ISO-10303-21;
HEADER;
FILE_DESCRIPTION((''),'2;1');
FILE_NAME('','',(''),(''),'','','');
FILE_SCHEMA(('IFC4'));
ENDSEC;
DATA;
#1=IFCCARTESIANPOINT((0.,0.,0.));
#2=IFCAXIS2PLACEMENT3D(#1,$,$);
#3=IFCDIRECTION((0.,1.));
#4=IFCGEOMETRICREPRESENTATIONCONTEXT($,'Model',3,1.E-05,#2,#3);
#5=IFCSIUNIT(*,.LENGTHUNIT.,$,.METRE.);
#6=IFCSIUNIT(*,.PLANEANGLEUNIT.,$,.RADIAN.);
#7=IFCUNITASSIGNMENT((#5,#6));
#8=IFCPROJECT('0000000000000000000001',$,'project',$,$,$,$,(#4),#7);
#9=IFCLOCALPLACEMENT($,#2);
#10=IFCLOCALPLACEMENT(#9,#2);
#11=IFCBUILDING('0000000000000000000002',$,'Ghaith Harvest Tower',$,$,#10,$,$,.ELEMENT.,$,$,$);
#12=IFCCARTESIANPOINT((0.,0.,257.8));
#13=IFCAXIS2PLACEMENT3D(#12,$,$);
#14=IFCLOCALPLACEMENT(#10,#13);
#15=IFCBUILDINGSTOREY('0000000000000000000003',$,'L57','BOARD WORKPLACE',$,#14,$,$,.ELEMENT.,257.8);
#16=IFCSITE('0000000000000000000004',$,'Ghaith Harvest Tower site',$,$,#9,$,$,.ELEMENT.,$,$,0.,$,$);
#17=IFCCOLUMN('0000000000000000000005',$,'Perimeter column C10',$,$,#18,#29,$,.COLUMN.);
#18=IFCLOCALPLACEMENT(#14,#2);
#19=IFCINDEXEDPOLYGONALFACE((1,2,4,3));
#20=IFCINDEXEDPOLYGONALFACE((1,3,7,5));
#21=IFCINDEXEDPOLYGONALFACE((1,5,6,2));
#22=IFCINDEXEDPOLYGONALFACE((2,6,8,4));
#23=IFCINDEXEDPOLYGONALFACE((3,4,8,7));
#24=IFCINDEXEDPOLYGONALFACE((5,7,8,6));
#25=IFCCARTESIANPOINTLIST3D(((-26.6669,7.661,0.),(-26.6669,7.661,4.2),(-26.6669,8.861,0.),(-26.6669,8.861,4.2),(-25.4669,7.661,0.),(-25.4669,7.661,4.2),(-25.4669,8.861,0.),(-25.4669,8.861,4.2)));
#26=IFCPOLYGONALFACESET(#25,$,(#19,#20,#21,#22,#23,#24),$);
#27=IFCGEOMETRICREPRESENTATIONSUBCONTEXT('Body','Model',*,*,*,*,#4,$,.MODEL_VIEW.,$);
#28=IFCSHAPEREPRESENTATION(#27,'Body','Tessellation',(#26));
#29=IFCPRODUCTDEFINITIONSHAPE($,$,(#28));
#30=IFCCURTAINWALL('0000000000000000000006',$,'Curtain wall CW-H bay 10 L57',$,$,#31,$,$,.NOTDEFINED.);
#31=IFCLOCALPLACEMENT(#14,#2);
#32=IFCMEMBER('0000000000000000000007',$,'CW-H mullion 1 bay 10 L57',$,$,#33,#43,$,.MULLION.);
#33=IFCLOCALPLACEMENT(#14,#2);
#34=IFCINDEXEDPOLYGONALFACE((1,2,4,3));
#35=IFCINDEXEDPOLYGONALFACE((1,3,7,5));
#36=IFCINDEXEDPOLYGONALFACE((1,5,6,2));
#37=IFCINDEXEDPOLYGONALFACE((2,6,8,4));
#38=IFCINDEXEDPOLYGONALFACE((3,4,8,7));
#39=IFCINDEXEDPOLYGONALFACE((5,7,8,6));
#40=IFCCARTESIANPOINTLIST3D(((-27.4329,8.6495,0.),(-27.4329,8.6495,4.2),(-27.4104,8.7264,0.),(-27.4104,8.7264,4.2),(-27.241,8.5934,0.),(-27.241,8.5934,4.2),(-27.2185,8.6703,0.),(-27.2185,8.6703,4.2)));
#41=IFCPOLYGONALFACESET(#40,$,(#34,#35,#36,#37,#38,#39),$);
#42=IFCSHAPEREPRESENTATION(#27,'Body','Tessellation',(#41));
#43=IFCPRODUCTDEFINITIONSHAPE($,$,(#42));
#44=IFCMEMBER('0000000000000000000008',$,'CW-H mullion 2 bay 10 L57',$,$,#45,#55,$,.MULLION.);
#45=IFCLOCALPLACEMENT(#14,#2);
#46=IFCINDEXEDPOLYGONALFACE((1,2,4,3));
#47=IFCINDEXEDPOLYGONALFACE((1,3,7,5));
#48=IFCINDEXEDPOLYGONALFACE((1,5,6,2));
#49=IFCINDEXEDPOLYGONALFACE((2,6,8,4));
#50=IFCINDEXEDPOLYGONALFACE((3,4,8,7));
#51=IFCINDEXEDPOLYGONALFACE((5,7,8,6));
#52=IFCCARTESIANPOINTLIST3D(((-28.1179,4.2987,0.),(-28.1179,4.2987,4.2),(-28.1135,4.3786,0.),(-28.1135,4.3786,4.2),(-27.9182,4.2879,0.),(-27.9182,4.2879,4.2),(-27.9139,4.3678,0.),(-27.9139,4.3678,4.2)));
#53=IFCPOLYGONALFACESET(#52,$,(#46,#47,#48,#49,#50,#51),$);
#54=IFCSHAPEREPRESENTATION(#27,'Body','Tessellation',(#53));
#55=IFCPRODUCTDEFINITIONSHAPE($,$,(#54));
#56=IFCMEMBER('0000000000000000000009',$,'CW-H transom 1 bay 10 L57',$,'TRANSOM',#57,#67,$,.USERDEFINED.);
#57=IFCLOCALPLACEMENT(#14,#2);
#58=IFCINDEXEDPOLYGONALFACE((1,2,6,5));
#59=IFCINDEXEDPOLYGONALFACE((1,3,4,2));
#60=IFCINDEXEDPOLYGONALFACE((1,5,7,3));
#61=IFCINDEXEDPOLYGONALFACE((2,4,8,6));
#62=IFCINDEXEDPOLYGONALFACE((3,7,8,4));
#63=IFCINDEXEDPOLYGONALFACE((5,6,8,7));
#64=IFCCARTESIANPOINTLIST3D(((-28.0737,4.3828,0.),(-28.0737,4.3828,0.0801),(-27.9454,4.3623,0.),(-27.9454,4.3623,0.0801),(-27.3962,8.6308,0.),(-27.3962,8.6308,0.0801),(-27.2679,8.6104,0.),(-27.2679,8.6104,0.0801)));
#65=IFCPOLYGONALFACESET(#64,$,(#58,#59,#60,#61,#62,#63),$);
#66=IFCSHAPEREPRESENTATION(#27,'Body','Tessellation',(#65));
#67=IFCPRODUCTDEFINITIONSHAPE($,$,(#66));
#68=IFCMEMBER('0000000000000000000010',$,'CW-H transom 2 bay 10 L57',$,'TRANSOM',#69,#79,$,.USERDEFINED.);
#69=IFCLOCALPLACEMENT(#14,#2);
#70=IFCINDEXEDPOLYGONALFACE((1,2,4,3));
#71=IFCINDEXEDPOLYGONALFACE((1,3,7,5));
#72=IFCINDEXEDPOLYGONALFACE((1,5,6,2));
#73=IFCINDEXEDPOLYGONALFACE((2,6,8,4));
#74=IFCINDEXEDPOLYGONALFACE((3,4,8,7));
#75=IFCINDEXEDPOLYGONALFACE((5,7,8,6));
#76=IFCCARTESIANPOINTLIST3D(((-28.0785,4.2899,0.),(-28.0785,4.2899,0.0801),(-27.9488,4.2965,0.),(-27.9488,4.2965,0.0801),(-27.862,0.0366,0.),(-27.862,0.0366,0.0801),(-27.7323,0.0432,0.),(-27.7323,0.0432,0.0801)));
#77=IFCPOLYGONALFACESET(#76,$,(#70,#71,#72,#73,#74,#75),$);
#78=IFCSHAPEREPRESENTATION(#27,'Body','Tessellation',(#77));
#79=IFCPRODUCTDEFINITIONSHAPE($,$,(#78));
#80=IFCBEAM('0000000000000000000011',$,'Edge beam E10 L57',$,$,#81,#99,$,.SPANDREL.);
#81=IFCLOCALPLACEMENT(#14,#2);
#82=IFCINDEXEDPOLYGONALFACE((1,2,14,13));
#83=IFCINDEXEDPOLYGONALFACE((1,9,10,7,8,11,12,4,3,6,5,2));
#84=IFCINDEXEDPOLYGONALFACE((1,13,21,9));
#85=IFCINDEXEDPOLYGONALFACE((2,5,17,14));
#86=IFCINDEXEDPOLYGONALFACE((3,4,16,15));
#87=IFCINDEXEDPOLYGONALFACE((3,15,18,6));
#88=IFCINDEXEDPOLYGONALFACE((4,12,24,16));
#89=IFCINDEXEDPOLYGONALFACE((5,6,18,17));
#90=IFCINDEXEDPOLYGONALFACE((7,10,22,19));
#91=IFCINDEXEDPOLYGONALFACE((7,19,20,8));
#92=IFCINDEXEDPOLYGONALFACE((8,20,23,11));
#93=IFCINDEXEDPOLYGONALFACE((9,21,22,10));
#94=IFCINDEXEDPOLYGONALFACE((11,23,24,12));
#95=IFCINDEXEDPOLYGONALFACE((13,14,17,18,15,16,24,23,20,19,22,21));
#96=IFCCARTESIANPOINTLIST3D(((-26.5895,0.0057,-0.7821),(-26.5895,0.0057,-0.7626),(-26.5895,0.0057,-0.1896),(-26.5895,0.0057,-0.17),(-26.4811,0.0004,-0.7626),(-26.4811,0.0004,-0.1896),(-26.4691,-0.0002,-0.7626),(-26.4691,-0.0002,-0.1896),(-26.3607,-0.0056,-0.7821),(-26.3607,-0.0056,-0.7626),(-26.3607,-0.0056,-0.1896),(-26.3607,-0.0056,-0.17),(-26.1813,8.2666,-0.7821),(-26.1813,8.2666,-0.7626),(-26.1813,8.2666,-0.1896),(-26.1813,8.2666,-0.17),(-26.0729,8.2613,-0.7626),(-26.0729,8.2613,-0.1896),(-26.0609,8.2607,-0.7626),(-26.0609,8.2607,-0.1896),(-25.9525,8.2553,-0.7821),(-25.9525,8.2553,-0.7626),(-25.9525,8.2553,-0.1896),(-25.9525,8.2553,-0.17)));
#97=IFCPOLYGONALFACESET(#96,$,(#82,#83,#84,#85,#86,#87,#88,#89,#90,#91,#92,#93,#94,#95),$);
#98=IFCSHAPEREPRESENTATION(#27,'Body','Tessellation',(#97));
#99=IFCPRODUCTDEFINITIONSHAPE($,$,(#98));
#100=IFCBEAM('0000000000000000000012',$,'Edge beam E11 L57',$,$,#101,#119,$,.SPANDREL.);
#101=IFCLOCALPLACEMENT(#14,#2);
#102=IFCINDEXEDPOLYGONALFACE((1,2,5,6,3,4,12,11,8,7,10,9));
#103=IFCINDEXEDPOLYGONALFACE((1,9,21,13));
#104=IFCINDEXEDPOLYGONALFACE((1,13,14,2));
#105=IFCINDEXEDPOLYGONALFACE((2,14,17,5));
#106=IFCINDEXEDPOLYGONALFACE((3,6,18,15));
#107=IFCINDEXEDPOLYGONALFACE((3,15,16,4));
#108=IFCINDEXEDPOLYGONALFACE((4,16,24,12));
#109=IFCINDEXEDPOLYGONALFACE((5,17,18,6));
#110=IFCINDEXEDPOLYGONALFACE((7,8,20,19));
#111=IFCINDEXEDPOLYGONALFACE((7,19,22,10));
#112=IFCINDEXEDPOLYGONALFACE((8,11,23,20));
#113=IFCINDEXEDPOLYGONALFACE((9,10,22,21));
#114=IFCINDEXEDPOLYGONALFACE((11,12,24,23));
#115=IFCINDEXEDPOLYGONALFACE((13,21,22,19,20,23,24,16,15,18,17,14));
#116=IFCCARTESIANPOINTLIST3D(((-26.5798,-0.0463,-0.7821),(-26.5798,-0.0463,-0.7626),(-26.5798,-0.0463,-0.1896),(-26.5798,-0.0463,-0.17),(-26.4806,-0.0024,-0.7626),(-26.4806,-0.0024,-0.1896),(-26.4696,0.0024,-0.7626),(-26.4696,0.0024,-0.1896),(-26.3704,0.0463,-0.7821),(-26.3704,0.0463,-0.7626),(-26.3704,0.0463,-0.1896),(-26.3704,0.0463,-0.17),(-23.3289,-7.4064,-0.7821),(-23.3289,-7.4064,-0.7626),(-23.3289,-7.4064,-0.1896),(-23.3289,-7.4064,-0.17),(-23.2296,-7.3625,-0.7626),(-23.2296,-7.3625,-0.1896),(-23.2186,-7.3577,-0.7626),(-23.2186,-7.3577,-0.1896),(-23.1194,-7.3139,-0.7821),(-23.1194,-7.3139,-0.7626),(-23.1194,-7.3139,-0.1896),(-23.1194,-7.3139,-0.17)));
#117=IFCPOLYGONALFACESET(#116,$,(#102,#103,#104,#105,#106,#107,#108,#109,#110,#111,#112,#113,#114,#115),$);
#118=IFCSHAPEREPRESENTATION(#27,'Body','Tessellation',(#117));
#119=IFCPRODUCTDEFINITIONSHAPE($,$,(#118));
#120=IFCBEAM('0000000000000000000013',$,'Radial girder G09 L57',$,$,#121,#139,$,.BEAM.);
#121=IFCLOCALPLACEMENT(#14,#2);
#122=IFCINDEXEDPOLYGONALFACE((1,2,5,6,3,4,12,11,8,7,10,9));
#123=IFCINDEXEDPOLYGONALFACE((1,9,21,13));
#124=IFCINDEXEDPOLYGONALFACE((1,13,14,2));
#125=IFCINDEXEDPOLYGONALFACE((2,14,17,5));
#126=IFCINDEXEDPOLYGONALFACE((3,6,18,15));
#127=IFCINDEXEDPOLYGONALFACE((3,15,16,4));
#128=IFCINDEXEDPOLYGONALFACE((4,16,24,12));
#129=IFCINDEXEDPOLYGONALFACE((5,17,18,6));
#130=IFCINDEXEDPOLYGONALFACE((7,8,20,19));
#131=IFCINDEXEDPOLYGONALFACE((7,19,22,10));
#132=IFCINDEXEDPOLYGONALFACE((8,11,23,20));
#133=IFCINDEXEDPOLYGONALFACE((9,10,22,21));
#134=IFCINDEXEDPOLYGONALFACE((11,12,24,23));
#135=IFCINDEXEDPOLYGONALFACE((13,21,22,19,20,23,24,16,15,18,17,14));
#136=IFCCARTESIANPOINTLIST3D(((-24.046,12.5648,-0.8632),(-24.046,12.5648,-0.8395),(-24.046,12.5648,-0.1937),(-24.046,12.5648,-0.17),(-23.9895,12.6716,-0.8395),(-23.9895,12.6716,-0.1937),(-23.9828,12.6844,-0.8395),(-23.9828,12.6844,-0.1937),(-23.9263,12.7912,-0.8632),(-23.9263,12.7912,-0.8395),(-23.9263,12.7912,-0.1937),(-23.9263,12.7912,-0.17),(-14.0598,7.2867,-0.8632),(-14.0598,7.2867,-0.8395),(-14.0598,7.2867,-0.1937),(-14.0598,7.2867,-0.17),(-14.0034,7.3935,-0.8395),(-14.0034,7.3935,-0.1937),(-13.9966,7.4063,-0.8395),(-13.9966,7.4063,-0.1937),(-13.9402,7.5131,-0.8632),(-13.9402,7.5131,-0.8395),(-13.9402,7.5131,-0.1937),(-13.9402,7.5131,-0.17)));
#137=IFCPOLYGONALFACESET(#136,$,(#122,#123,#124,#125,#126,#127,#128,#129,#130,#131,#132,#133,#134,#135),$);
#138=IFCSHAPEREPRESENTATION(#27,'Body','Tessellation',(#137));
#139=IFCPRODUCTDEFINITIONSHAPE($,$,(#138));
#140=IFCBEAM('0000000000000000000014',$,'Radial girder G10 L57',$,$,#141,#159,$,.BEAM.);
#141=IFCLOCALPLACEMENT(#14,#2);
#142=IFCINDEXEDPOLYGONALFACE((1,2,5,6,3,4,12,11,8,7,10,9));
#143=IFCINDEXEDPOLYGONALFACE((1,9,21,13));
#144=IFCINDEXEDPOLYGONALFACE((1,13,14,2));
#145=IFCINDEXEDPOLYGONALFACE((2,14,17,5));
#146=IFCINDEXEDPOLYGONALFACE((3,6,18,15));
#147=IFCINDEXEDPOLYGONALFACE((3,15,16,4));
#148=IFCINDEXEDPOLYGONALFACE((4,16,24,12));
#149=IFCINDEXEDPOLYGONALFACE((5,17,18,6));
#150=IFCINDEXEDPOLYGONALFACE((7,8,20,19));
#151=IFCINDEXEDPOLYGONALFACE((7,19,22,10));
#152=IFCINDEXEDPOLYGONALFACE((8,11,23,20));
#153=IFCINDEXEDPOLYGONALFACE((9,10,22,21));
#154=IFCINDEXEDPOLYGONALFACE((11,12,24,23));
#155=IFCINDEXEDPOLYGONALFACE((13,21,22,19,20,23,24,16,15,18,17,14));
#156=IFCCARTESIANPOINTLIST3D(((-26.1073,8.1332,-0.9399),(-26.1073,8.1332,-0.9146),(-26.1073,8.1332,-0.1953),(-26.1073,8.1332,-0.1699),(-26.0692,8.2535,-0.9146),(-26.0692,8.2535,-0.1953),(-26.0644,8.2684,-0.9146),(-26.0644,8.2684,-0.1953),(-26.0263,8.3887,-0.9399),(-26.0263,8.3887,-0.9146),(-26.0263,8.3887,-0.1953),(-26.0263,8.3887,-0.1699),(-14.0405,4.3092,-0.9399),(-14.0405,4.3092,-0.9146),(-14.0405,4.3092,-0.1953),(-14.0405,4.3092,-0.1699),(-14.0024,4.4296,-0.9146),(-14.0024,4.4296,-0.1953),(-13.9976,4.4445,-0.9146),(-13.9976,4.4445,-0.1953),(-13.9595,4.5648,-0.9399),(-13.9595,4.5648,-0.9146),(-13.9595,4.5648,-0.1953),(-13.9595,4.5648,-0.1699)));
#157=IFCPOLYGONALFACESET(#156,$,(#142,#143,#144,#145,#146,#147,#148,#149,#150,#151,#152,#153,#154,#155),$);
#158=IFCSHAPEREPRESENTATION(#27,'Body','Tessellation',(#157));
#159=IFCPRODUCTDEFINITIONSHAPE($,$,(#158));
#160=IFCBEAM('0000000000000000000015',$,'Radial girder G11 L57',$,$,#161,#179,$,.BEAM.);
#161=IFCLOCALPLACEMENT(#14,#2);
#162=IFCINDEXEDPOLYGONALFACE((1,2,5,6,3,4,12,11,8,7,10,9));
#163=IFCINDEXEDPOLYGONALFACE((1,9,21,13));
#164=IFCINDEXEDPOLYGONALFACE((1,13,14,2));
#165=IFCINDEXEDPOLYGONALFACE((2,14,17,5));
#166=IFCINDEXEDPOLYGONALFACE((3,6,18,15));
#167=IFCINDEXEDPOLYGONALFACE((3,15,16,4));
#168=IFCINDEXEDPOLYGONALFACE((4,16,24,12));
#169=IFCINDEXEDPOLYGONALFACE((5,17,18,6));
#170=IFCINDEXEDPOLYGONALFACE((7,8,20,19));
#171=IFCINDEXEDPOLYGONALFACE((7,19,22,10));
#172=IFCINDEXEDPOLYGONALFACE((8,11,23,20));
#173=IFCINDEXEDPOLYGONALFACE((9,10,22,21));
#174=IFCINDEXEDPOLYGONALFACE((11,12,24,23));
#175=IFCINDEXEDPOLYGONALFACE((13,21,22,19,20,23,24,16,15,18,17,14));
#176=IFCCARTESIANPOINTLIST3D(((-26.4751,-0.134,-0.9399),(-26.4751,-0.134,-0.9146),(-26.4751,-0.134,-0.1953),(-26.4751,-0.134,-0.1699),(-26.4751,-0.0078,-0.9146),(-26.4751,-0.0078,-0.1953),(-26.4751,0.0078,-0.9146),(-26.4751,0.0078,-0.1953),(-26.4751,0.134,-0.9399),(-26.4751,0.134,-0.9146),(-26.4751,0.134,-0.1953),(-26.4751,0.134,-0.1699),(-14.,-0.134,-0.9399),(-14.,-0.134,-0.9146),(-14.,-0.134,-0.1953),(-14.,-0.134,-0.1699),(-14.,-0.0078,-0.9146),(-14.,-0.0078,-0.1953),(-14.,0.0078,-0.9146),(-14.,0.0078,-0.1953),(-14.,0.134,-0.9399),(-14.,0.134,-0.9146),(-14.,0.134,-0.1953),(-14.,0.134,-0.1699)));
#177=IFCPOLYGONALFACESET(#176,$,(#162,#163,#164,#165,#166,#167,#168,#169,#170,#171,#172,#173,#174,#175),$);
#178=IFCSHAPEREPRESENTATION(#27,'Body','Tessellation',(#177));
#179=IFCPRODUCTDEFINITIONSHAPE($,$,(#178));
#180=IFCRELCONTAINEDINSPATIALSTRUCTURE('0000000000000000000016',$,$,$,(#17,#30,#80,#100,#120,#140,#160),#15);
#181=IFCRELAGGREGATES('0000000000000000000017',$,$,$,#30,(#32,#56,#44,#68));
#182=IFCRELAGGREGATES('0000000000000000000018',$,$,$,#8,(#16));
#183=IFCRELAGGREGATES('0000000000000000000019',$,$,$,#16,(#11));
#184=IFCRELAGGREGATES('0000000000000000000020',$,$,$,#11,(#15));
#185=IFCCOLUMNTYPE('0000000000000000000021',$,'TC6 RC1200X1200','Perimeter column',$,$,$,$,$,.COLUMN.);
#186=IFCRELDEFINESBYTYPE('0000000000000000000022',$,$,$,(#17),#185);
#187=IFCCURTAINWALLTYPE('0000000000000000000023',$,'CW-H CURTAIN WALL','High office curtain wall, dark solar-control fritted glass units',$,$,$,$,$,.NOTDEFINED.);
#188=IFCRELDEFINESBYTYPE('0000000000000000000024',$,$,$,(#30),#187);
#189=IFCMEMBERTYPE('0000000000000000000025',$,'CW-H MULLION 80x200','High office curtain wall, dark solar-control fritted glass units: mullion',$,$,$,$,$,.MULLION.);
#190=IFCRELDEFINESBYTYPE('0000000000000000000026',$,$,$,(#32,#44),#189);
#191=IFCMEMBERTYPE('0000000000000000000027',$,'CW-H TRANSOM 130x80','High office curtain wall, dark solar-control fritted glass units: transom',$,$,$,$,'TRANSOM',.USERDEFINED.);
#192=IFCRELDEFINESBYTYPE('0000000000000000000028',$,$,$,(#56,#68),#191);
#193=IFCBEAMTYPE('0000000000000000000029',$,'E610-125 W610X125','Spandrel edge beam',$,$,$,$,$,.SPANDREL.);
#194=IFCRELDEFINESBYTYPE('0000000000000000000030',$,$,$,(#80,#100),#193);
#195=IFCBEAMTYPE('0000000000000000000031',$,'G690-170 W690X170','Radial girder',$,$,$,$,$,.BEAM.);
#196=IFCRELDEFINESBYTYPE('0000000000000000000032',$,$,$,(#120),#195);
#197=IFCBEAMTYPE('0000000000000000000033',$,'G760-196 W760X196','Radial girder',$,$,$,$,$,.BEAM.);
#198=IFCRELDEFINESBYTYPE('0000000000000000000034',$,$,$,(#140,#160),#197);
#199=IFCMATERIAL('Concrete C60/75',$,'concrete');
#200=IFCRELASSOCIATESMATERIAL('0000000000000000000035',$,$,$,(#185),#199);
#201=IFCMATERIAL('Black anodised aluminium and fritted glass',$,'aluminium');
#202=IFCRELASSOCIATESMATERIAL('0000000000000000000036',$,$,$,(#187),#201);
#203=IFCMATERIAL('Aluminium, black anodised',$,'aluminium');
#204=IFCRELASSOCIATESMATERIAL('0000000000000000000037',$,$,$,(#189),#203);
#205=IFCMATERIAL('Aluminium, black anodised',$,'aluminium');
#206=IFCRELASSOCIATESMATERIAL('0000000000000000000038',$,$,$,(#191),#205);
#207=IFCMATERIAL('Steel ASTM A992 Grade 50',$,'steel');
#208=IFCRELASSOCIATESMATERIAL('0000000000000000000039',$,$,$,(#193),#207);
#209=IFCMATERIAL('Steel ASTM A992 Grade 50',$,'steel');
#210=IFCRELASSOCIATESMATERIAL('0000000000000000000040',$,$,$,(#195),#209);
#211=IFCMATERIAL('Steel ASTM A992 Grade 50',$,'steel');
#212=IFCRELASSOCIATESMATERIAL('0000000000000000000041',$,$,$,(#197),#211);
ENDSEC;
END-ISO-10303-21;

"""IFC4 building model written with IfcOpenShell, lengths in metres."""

from ifc_helpers import new_model, si_unit, direction, frame, origin, origin_2d, place, context, subcontext, project, spatial, rectangle, i_section, extrude, material, material_profile, profile_set, type_object, element, aggregate, save


model = new_model("IFC4")

# Units and contexts
model_context = context("Model", 3, precision=1e-05, world=origin(), true_north=direction((0.0, 1.0)))
body_context = subcontext(model_context, "Body", "Model", "MODEL_VIEW")
ifc_project = project(units=[si_unit("LENGTHUNIT", "METRE"), si_unit("PLANEANGLEUNIT", "RADIAN")], contexts=[model_context])

# Site, building, storey
site_placement = place(None, origin())
site = spatial("IfcSite", under=ifc_project, at=site_placement, Name="Ghaith Harvest Tower site", CompositionType="ELEMENT", RefElevation=0.0)
building_placement = place(site_placement, origin())
building = spatial("IfcBuilding", under=site, at=building_placement, Name="Ghaith Harvest Tower", CompositionType="ELEMENT")
storey_placement = place(building_placement, frame((0.0, 0.0, 257.8)))
storey = spatial("IfcBuildingStorey", under=building, at=storey_placement, Name="L57", Description="BOARD WORKPLACE", CompositionType="ELEMENT", Elevation=257.8)

# Column
ifc_material_1 = material(Name="Concrete C60/75", Category="concrete")
ifc_material_profile_1 = material_profile(ifc_material_1, rectangle(XDim=1.2, YDim=1.2, at=origin_2d()), Name="RC1200X1200")
ifc_profile_set_1 = profile_set([ifc_material_profile_1], Name="Concrete C60/75")
column_type = type_object("IfcColumnType", Name="TC6 RC1200X1200", Description="Perimeter column", PredefinedType="COLUMN", material=ifc_profile_set_1)
column_placement = place(storey_placement, frame((-26.0669, 8.261, 0.0), z_axis=(0.0, 0.0, 1.0), x_axis=(1.0, 0.0, 0.0)))
element("IfcColumn", 1, at=column_placement, inside=storey, type_object=column_type, Name="Perimeter column C10", PredefinedType="COLUMN", context=body_context, shape_type="SweptSolid", body=[
    extrude(rectangle(XDim=1.2, YDim=1.2, at=origin_2d()), origin(), (0.0, 0.0, 1.0), 4.2),
])

# Curtain wall, members
ifc_material_2 = material(Name="Black anodised aluminium and fritted glass", Category="aluminium")
curtain_wall_type = type_object("IfcCurtainWallType", Name="CW-H CURTAIN WALL", Description="High office curtain wall, dark solar-control fritted glass units", PredefinedType="NOTDEFINED", material=ifc_material_2)
curtain_wall_placement = place(storey_placement, origin())
curtain_wall = element("IfcCurtainWall", 2, at=curtain_wall_placement, inside=storey, type_object=curtain_wall_type, Name="Curtain wall CW-H bay 10 L57", PredefinedType="NOTDEFINED")
ifc_material_3 = material(Name="Aluminium, black anodised", Category="aluminium")
ifc_material_profile_2 = material_profile(ifc_material_3, rectangle(XDim=0.0801, YDim=0.2, at=origin_2d()), Name="CW-H MULLION 80x200")
ifc_profile_set_2 = profile_set([ifc_material_profile_2], Name="Aluminium, black anodised")
member_type_1 = type_object("IfcMemberType", Name="CW-H MULLION 80x200", Description="High office curtain wall, dark solar-control fritted glass units: mullion", PredefinedType="MULLION", material=ifc_profile_set_2)
member_1_placement = place(storey_placement, frame((-27.3257, 8.6599, 0.0), z_axis=(0.0, 0.0, 1.0), x_axis=(-0.28052, -0.959848, 0.0)))
member_1 = element("IfcMember", 3, at=member_1_placement, type_object=member_type_1, Name="CW-H mullion 1 bay 10 L57", PredefinedType="MULLION", context=body_context, shape_type="SweptSolid", body=[
    extrude(rectangle(XDim=0.0801, YDim=0.2, at=origin_2d()), origin(), (0.0, 0.0, 1.0), 4.2),
])
member_2_placement = place(storey_placement, frame((-28.0159, 4.3333, 0.0), z_axis=(0.0, 0.0, 1.0), x_axis=(-0.054116, -0.998535, 0.0)))
member_2 = element("IfcMember", 4, at=member_2_placement, type_object=member_type_1, Name="CW-H mullion 2 bay 10 L57", PredefinedType="MULLION", context=body_context, shape_type="SweptSolid", body=[
    extrude(rectangle(XDim=0.0801, YDim=0.2, at=origin_2d()), origin(), (0.0, 0.0, 1.0), 4.2),
])
ifc_material_4 = material(Name="Aluminium, black anodised", Category="aluminium")
ifc_material_profile_3 = material_profile(ifc_material_4, rectangle(XDim=0.1299, YDim=0.0801, at=origin_2d()), Name="CW-H TRANSOM 130x80")
ifc_profile_set_3 = profile_set([ifc_material_profile_3], Name="Aluminium, black anodised")
member_type_2 = type_object("IfcMemberType", Name="CW-H TRANSOM 130x80", Description="High office curtain wall, dark solar-control fritted glass units: transom", ElementType="TRANSOM", PredefinedType="USERDEFINED", material=ifc_profile_set_3)
member_3_placement = place(storey_placement, frame((-27.332, 8.6206, 0.04), z_axis=(-0.157492, -0.98752, 0.0), x_axis=(0.98752, -0.157492, 0.0)))
member_3 = element("IfcMember", 5, at=member_3_placement, type_object=member_type_2, Name="CW-H transom 1 bay 10 L57", ObjectType="TRANSOM", PredefinedType="USERDEFINED", context=body_context, shape_type="SweptSolid", body=[
    extrude(rectangle(XDim=0.1299, YDim=0.0801, at=origin_2d()), origin(), (0.0, 0.0, 1.0), 4.3018),
])
member_4_placement = place(storey_placement, frame((-28.0137, 4.2932, 0.04), z_axis=(0.05085, -0.998706, 0.0), x_axis=(0.998706, 0.05085, 0.0)))
member_4 = element("IfcMember", 6, at=member_4_placement, type_object=member_type_2, Name="CW-H transom 2 bay 10 L57", ObjectType="TRANSOM", PredefinedType="USERDEFINED", context=body_context, shape_type="SweptSolid", body=[
    extrude(rectangle(XDim=0.1299, YDim=0.0801, at=origin_2d()), origin(), (0.0, 0.0, 1.0), 4.2588),
])

# Beams
ifc_material_5 = material(Name="Steel ASTM A992 Grade 50", Category="steel")
ifc_material_profile_4 = material_profile(ifc_material_5, i_section(OverallWidth=0.229, OverallDepth=0.6121, WebThickness=0.012, FlangeThickness=0.0195, at=origin_2d()), Name="W610X125")
ifc_profile_set_4 = profile_set([ifc_material_profile_4], Name="Steel ASTM A992 Grade 50")
beam_type_1 = type_object("IfcBeamType", Name="E610-125 W610X125", Description="Spandrel edge beam", PredefinedType="SPANDREL", material=ifc_profile_set_4)
beam_1_placement = place(storey_placement, frame((-26.0669, 8.261, -0.4761), z_axis=(-0.049353, -0.998781, 0.0), x_axis=(0.998781, -0.049353, 0.0)))
element("IfcBeam", 7, at=beam_1_placement, inside=storey, type_object=beam_type_1, Name="Edge beam E10 L57", PredefinedType="SPANDREL", context=body_context, shape_type="SweptSolid", body=[
    extrude(i_section(OverallWidth=0.229, OverallDepth=0.6121, WebThickness=0.012, FlangeThickness=0.0195, at=origin_2d()), origin(), (0.0, 0.0, 1.0), 8.271),
])
beam_2_placement = place(storey_placement, frame((-26.4751, 0.0, -0.4761), z_axis=(0.404043, -0.91474, 0.0), x_axis=(0.91474, 0.404043, 0.0)))
element("IfcBeam", 8, at=beam_2_placement, inside=storey, type_object=beam_type_1, Name="Edge beam E11 L57", PredefinedType="SPANDREL", context=body_context, shape_type="SweptSolid", body=[
    extrude(i_section(OverallWidth=0.229, OverallDepth=0.6121, WebThickness=0.012, FlangeThickness=0.0195, at=origin_2d()), origin(), (0.0, 0.0, 1.0), 8.0461),
])
ifc_material_6 = material(Name="Steel ASTM A992 Grade 50", Category="steel")
ifc_material_profile_5 = material_profile(ifc_material_6, i_section(OverallWidth=0.2561, OverallDepth=0.6931, WebThickness=0.0144, FlangeThickness=0.0237, at=origin_2d()), Name="W690X170")
ifc_profile_set_5 = profile_set([ifc_material_profile_5], Name="Steel ASTM A992 Grade 50")
beam_type_2 = type_object("IfcBeamType", Name="G690-170 W690X170", Description="Radial girder", PredefinedType="BEAM", material=ifc_profile_set_5)
beam_3_placement = place(storey_placement, frame((-14.0, 7.3999, -0.5166), z_axis=(-0.884105, 0.467288, 0.0), x_axis=(-0.467288, -0.884105, 0.0)))
element("IfcBeam", 9, at=beam_3_placement, inside=storey, type_object=beam_type_2, Name="Radial girder G09 L57", PredefinedType="BEAM", context=body_context, shape_type="SweptSolid", body=[
    extrude(i_section(OverallWidth=0.2561, OverallDepth=0.6931, WebThickness=0.0144, FlangeThickness=0.0237, at=origin_2d()), origin(), (0.0, 0.0, 1.0), 11.2952),
])
ifc_material_7 = material(Name="Steel ASTM A992 Grade 50", Category="steel")
ifc_material_profile_6 = material_profile(ifc_material_7, i_section(OverallWidth=0.2681, OverallDepth=0.77, WebThickness=0.0156, FlangeThickness=0.0254, at=origin_2d()), Name="W760X196")
ifc_profile_set_6 = profile_set([ifc_material_profile_6], Name="Steel ASTM A992 Grade 50")
beam_type_3 = type_object("IfcBeamType", Name="G760-196 W760X196", Description="Radial girder", PredefinedType="BEAM", material=ifc_profile_set_6)
beam_4_placement = place(storey_placement, frame((-14.0, 4.437, -0.5549), z_axis=(-0.953279, 0.302092, 0.0), x_axis=(-0.302092, -0.953279, 0.0)))
element("IfcBeam", 10, at=beam_4_placement, inside=storey, type_object=beam_type_3, Name="Radial girder G10 L57", PredefinedType="BEAM", context=body_context, shape_type="SweptSolid", body=[
    extrude(i_section(OverallWidth=0.2681, OverallDepth=0.77, WebThickness=0.0156, FlangeThickness=0.0254, at=origin_2d()), origin(), (0.0, 0.0, 1.0), 12.6582),
])
beam_5_placement = place(storey_placement, frame((-14.0, 0.0, -0.5549), z_axis=(-1.0, 0.0, 0.0), x_axis=(0.0, -1.0, 0.0)))
element("IfcBeam", 11, at=beam_5_placement, inside=storey, type_object=beam_type_3, Name="Radial girder G11 L57", PredefinedType="BEAM", context=body_context, shape_type="SweptSolid", body=[
    extrude(i_section(OverallWidth=0.2681, OverallDepth=0.77, WebThickness=0.0156, FlangeThickness=0.0254, at=origin_2d()), origin(), (0.0, 0.0, 1.0), 12.4751),
])

aggregate(curtain_wall, [member_1, member_3, member_2, member_4])

save(model, "model.ifc")
